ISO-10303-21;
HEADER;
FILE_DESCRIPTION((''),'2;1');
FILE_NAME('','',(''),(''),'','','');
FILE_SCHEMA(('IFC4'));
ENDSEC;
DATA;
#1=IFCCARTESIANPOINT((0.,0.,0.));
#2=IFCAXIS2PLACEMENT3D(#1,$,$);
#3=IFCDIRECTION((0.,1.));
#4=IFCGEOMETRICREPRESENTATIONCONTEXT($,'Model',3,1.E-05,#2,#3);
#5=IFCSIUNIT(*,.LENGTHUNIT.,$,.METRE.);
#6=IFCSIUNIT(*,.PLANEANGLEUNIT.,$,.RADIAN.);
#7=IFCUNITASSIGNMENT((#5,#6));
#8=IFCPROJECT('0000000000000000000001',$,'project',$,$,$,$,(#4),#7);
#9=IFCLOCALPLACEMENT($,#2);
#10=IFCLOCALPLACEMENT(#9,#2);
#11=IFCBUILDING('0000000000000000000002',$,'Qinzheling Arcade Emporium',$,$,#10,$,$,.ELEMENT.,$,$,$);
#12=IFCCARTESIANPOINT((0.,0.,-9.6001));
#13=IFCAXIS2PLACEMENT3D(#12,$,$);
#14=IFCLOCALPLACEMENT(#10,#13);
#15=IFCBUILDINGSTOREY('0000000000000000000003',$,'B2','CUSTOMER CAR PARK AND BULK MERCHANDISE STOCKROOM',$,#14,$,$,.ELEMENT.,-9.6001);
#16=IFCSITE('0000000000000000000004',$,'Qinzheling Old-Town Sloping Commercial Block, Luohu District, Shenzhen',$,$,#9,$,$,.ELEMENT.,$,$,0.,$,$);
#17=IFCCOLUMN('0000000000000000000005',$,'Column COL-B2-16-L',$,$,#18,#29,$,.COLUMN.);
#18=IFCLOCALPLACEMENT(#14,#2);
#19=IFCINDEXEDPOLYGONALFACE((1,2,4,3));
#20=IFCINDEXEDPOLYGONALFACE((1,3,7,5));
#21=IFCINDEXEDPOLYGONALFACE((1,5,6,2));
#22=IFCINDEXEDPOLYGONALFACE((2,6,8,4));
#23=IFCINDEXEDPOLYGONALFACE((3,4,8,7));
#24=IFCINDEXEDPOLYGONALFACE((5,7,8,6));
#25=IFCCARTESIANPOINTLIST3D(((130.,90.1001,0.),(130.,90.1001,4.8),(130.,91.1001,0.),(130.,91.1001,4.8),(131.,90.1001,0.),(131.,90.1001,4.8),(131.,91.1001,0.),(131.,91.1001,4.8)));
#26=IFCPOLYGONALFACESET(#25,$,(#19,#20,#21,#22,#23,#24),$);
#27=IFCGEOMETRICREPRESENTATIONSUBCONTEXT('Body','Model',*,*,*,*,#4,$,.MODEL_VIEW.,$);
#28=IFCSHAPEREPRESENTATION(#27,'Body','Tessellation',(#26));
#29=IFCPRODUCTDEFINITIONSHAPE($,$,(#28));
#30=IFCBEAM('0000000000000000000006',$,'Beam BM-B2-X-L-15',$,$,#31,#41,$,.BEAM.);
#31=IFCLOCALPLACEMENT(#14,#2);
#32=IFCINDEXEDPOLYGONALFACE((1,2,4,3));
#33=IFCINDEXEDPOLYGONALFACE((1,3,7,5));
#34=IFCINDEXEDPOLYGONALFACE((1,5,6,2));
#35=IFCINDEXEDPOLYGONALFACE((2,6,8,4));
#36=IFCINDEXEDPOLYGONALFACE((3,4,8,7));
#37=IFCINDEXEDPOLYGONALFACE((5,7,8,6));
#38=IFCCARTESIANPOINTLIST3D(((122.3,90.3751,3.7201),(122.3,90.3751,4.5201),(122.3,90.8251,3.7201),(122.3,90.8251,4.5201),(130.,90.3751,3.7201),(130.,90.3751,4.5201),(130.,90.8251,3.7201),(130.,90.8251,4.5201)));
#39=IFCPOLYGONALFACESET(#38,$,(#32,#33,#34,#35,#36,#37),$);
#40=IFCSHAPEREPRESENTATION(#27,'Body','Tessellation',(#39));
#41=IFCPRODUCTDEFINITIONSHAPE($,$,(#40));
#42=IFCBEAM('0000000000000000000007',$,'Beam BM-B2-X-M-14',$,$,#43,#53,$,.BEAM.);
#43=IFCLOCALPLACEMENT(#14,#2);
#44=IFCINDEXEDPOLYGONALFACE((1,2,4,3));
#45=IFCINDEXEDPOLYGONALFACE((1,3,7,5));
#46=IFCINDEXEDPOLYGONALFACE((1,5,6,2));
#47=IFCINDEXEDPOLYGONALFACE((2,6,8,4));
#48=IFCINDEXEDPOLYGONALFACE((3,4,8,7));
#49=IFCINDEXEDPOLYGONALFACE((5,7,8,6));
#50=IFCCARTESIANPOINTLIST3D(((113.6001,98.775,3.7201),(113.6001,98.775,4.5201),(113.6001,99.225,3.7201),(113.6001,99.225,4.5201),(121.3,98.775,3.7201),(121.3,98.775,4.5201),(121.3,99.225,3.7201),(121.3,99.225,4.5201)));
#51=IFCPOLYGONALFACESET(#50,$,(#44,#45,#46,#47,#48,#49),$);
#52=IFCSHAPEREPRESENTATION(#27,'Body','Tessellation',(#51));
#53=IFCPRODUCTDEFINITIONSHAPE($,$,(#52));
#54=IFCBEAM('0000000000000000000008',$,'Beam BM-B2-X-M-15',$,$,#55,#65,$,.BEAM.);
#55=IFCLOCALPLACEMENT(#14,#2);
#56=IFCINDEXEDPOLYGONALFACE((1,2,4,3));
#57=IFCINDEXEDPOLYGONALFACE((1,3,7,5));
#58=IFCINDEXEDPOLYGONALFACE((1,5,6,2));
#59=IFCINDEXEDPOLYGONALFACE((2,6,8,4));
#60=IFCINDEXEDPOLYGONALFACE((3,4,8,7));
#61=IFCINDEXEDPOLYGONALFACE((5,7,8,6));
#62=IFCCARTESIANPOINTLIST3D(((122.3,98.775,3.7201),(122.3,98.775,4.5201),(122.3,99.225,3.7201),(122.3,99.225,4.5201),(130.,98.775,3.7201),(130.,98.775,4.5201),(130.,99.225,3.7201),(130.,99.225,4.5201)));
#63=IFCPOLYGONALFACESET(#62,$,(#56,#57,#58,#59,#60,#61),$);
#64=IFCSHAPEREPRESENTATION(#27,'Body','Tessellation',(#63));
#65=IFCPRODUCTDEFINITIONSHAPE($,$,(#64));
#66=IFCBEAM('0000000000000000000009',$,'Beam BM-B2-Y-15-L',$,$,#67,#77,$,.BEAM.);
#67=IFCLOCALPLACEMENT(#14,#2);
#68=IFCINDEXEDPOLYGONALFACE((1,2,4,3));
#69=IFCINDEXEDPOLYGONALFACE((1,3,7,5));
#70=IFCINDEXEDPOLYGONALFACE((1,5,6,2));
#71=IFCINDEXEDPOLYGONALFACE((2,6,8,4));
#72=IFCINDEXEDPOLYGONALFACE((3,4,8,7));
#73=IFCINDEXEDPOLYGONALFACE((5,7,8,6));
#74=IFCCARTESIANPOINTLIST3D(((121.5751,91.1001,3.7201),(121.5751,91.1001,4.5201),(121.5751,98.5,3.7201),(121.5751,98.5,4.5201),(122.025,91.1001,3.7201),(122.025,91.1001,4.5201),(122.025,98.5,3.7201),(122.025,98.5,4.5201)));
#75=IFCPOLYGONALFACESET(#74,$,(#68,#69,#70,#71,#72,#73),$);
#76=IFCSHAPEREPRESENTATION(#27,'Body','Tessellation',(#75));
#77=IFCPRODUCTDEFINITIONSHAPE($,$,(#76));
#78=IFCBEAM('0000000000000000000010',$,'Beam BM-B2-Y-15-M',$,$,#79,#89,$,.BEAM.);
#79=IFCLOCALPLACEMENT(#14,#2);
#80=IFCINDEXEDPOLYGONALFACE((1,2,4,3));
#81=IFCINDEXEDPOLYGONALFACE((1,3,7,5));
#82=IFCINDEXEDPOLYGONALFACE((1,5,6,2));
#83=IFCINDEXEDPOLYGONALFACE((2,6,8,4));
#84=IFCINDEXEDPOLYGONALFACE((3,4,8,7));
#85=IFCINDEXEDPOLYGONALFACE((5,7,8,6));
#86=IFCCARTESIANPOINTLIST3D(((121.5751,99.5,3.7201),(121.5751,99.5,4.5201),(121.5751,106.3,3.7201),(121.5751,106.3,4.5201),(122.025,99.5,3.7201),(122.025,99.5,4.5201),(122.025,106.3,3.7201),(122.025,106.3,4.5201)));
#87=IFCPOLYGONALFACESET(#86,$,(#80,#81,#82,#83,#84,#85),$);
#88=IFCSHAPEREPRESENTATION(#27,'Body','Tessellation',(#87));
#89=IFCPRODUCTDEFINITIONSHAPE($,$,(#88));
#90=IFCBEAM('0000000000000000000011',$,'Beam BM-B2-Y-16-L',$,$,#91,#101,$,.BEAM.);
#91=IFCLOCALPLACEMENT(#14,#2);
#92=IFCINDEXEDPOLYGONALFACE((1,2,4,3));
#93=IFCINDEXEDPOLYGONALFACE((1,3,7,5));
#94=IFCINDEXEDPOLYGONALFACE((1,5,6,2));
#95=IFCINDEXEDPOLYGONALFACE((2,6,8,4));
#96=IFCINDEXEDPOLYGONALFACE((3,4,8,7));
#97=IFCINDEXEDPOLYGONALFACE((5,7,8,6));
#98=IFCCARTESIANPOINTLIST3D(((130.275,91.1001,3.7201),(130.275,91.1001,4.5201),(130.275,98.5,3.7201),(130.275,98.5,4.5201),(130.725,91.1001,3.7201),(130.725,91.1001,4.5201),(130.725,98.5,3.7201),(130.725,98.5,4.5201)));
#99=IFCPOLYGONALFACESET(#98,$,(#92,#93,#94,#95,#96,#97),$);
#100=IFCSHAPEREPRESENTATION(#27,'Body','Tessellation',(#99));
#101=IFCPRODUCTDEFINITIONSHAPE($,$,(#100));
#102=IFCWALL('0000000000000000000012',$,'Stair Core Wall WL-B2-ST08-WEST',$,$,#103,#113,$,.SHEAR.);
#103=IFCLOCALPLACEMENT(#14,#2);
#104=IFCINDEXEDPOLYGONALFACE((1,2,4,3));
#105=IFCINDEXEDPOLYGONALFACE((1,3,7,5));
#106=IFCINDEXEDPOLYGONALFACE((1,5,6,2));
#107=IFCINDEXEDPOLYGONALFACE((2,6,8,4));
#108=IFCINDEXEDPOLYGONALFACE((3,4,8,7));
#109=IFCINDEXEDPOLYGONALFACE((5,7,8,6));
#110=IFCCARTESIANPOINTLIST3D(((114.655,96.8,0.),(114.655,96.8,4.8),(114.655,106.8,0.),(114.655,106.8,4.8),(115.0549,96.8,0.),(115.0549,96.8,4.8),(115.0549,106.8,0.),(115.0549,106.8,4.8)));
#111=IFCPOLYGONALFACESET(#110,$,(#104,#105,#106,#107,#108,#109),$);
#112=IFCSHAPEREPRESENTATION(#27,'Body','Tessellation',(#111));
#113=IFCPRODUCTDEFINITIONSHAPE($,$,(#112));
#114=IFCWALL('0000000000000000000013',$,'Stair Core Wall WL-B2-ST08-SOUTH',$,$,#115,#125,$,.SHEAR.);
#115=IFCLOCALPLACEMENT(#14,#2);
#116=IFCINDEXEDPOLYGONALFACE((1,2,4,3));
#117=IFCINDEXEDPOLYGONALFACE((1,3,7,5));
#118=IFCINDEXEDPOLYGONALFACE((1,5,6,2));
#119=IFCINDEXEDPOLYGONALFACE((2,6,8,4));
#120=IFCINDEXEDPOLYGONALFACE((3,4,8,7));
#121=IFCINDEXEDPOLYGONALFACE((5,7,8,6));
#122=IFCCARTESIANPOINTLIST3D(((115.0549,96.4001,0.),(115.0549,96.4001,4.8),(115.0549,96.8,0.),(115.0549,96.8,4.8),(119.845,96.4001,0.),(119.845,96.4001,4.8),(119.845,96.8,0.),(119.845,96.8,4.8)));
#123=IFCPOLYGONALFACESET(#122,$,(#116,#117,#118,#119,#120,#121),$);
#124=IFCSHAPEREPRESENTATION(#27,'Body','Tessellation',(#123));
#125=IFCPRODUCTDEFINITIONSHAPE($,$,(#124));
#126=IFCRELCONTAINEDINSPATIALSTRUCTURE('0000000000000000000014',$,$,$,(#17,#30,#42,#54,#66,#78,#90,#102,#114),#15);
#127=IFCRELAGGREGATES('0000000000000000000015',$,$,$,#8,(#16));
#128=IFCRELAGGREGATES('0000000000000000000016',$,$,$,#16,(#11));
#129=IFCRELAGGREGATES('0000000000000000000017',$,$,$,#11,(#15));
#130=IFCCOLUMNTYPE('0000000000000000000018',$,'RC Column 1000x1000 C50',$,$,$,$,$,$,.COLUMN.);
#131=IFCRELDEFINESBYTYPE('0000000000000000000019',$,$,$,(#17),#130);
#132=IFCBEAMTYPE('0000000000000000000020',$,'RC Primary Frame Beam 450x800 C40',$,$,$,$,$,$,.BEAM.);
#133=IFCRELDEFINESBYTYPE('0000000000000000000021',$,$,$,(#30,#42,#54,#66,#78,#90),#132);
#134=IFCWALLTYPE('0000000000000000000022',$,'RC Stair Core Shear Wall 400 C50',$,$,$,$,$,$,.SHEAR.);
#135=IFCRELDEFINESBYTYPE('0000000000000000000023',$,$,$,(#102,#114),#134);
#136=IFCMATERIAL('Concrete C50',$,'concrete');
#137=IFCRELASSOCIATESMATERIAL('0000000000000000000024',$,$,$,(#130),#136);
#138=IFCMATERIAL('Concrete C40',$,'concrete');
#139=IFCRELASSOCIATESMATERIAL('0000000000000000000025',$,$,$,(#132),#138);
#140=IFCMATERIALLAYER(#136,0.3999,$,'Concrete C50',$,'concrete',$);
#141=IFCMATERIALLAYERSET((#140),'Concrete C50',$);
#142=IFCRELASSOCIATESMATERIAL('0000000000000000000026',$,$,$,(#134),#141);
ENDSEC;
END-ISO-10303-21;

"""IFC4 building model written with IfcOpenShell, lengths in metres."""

from ifc_helpers import new_model, si_unit, direction, frame, frame_2d, origin, origin_2d, place, context, subcontext, project, spatial, rectangle, extrude, material, layer, layer_set, material_profile, profile_set, type_object, element, save


model = new_model("IFC4")

# Units and contexts
model_context = context("Model", 3, precision=1e-05, world=origin(), true_north=direction((0.0, 1.0)))
body_context = subcontext(model_context, "Body", "Model", "MODEL_VIEW")
ifc_project = project(units=[si_unit("LENGTHUNIT", "METRE"), si_unit("PLANEANGLEUNIT", "RADIAN")], contexts=[model_context])

# Site, building, storey
site_placement = place(None, origin())
site = spatial("IfcSite", under=ifc_project, at=site_placement, Name="Qinzheling Old-Town Sloping Commercial Block, Luohu District, Shenzhen", CompositionType="ELEMENT", RefElevation=0.0)
building_placement = place(site_placement, origin())
building = spatial("IfcBuilding", under=site, at=building_placement, Name="Qinzheling Arcade Emporium", CompositionType="ELEMENT")
storey_placement = place(building_placement, frame((0.0, 0.0, -9.6001)))
storey = spatial("IfcBuildingStorey", under=building, at=storey_placement, Name="B2", Description="CUSTOMER CAR PARK AND BULK MERCHANDISE STOCKROOM", CompositionType="ELEMENT", Elevation=-9.6001)

# Shared definitions
ifc_material_1 = material(Name="Concrete C40", Category="concrete")

# Column
ifc_material_2 = material(Name="Concrete C50", Category="concrete")
ifc_material_profile_1 = material_profile(ifc_material_2, rectangle(XDim=1.0, YDim=1.0, at=origin_2d()), Name="RC 1000x1000", Category="concrete")
ifc_profile_set_1 = profile_set([ifc_material_profile_1], Name="Concrete C50")
column_type = type_object("IfcColumnType", Name="RC Column 1000x1000 C50", PredefinedType="COLUMN", material=ifc_profile_set_1)
for number, where, z_axis, x_axis, name in (
    (1, (130.5, 90.6001, 0.0), (0.0, 0.0, 1.0), (1.0, 0.0, 0.0), "Column COL-B2-16-L"),
):
    element("IfcColumn", number, at=place(storey_placement, frame(where, z_axis=z_axis, x_axis=x_axis)), inside=storey, type_object=column_type, Name=name, PredefinedType="COLUMN", context=body_context, shape_type="SweptSolid", body=[
        extrude(rectangle(XDim=1.0, YDim=1.0, at=origin_2d()), origin(), (0.0, 0.0, 1.0), 4.8),
    ])

# Beams
ifc_material_profile_2 = material_profile(ifc_material_1, rectangle(XDim=0.45, YDim=0.8, at=origin_2d()), Name="RC 450x800", Category="concrete")
ifc_profile_set_2 = profile_set([ifc_material_profile_2], Name="Concrete C40")
beam_type = type_object("IfcBeamType", Name="RC Primary Frame Beam 450x800 C40", PredefinedType="BEAM", material=ifc_profile_set_2)
for number, where, z_axis, x_axis, name in (
    (2, (122.3, 90.6001, 4.1201), (1.0, 0.0, 0.0), (0.0, 1.0, 0.0), "Beam BM-B2-X-L-15"),
    (3, (113.6001, 99.0, 4.1201), (1.0, 0.0, 0.0), (0.0, 1.0, 0.0), "Beam BM-B2-X-M-14"),
    (4, (122.3, 99.0, 4.1201), (1.0, 0.0, 0.0), (0.0, 1.0, 0.0), "Beam BM-B2-X-M-15"),
):
    element("IfcBeam", number, at=place(storey_placement, frame(where, z_axis=z_axis, x_axis=x_axis)), inside=storey, type_object=beam_type, Name=name, PredefinedType="BEAM", context=body_context, shape_type="SweptSolid", body=[
        extrude(rectangle(XDim=0.45, YDim=0.8, at=origin_2d()), origin(), (0.0, 0.0, 1.0), 7.7),
    ])
beam_1_placement = place(storey_placement, frame((121.8, 91.1001, 4.1201), z_axis=(0.0, 1.0, 0.0), x_axis=(-1.0, 0.0, 0.0)))
element("IfcBeam", 5, at=beam_1_placement, inside=storey, type_object=beam_type, Name="Beam BM-B2-Y-15-L", PredefinedType="BEAM", context=body_context, shape_type="SweptSolid", body=[
    extrude(rectangle(XDim=0.45, YDim=0.8, at=origin_2d()), origin(), (0.0, 0.0, 1.0), 7.3999),
])
beam_2_placement = place(storey_placement, frame((121.8, 99.5, 4.1201), z_axis=(0.0, 1.0, 0.0), x_axis=(-1.0, 0.0, 0.0)))
element("IfcBeam", 6, at=beam_2_placement, inside=storey, type_object=beam_type, Name="Beam BM-B2-Y-15-M", PredefinedType="BEAM", context=body_context, shape_type="SweptSolid", body=[
    extrude(rectangle(XDim=0.45, YDim=0.8, at=origin_2d()), origin(), (0.0, 0.0, 1.0), 6.8),
])
beam_3_placement = place(storey_placement, frame((130.5, 91.1001, 4.1201), z_axis=(0.0, 1.0, 0.0), x_axis=(-1.0, 0.0, 0.0)))
element("IfcBeam", 7, at=beam_3_placement, inside=storey, type_object=beam_type, Name="Beam BM-B2-Y-16-L", PredefinedType="BEAM", context=body_context, shape_type="SweptSolid", body=[
    extrude(rectangle(XDim=0.45, YDim=0.8, at=origin_2d()), origin(), (0.0, 0.0, 1.0), 7.3999),
])

# Walls
ifc_layer = layer(ifc_material_2, 0.3999, Name="Concrete C50", Category="concrete")
ifc_layer_set = layer_set([ifc_layer], Name="Concrete C50")
wall_type = type_object("IfcWallType", Name="RC Stair Core Shear Wall 400 C50", PredefinedType="SHEAR", material=ifc_layer_set)
wall_1_placement = place(storey_placement, frame((114.855, 96.8, 0.0), z_axis=(0.0, 0.0, 1.0), x_axis=(0.0, 1.0, 0.0)))
element("IfcWall", 8, at=wall_1_placement, inside=storey, type_object=wall_type, Name="Stair Core Wall WL-B2-ST08-WEST", PredefinedType="SHEAR", context=body_context, shape_type="SweptSolid", body=[
    extrude(rectangle(XDim=10.0, YDim=0.3999, at=frame_2d((5.0, 0.0))), origin(), (0.0, 0.0, 1.0), 4.8),
])
wall_2_placement = place(storey_placement, frame((119.845, 96.6001, 0.0), z_axis=(0.0, 0.0, 1.0), x_axis=(-1.0, 0.0, 0.0)))
element("IfcWall", 9, at=wall_2_placement, inside=storey, type_object=wall_type, Name="Stair Core Wall WL-B2-ST08-SOUTH", PredefinedType="SHEAR", context=body_context, shape_type="SweptSolid", body=[
    extrude(rectangle(XDim=4.79, YDim=0.3999, at=frame_2d((2.395, 0.0))), origin(), (0.0, 0.0, 1.0), 4.8),
])

save(model, "model.ifc")
